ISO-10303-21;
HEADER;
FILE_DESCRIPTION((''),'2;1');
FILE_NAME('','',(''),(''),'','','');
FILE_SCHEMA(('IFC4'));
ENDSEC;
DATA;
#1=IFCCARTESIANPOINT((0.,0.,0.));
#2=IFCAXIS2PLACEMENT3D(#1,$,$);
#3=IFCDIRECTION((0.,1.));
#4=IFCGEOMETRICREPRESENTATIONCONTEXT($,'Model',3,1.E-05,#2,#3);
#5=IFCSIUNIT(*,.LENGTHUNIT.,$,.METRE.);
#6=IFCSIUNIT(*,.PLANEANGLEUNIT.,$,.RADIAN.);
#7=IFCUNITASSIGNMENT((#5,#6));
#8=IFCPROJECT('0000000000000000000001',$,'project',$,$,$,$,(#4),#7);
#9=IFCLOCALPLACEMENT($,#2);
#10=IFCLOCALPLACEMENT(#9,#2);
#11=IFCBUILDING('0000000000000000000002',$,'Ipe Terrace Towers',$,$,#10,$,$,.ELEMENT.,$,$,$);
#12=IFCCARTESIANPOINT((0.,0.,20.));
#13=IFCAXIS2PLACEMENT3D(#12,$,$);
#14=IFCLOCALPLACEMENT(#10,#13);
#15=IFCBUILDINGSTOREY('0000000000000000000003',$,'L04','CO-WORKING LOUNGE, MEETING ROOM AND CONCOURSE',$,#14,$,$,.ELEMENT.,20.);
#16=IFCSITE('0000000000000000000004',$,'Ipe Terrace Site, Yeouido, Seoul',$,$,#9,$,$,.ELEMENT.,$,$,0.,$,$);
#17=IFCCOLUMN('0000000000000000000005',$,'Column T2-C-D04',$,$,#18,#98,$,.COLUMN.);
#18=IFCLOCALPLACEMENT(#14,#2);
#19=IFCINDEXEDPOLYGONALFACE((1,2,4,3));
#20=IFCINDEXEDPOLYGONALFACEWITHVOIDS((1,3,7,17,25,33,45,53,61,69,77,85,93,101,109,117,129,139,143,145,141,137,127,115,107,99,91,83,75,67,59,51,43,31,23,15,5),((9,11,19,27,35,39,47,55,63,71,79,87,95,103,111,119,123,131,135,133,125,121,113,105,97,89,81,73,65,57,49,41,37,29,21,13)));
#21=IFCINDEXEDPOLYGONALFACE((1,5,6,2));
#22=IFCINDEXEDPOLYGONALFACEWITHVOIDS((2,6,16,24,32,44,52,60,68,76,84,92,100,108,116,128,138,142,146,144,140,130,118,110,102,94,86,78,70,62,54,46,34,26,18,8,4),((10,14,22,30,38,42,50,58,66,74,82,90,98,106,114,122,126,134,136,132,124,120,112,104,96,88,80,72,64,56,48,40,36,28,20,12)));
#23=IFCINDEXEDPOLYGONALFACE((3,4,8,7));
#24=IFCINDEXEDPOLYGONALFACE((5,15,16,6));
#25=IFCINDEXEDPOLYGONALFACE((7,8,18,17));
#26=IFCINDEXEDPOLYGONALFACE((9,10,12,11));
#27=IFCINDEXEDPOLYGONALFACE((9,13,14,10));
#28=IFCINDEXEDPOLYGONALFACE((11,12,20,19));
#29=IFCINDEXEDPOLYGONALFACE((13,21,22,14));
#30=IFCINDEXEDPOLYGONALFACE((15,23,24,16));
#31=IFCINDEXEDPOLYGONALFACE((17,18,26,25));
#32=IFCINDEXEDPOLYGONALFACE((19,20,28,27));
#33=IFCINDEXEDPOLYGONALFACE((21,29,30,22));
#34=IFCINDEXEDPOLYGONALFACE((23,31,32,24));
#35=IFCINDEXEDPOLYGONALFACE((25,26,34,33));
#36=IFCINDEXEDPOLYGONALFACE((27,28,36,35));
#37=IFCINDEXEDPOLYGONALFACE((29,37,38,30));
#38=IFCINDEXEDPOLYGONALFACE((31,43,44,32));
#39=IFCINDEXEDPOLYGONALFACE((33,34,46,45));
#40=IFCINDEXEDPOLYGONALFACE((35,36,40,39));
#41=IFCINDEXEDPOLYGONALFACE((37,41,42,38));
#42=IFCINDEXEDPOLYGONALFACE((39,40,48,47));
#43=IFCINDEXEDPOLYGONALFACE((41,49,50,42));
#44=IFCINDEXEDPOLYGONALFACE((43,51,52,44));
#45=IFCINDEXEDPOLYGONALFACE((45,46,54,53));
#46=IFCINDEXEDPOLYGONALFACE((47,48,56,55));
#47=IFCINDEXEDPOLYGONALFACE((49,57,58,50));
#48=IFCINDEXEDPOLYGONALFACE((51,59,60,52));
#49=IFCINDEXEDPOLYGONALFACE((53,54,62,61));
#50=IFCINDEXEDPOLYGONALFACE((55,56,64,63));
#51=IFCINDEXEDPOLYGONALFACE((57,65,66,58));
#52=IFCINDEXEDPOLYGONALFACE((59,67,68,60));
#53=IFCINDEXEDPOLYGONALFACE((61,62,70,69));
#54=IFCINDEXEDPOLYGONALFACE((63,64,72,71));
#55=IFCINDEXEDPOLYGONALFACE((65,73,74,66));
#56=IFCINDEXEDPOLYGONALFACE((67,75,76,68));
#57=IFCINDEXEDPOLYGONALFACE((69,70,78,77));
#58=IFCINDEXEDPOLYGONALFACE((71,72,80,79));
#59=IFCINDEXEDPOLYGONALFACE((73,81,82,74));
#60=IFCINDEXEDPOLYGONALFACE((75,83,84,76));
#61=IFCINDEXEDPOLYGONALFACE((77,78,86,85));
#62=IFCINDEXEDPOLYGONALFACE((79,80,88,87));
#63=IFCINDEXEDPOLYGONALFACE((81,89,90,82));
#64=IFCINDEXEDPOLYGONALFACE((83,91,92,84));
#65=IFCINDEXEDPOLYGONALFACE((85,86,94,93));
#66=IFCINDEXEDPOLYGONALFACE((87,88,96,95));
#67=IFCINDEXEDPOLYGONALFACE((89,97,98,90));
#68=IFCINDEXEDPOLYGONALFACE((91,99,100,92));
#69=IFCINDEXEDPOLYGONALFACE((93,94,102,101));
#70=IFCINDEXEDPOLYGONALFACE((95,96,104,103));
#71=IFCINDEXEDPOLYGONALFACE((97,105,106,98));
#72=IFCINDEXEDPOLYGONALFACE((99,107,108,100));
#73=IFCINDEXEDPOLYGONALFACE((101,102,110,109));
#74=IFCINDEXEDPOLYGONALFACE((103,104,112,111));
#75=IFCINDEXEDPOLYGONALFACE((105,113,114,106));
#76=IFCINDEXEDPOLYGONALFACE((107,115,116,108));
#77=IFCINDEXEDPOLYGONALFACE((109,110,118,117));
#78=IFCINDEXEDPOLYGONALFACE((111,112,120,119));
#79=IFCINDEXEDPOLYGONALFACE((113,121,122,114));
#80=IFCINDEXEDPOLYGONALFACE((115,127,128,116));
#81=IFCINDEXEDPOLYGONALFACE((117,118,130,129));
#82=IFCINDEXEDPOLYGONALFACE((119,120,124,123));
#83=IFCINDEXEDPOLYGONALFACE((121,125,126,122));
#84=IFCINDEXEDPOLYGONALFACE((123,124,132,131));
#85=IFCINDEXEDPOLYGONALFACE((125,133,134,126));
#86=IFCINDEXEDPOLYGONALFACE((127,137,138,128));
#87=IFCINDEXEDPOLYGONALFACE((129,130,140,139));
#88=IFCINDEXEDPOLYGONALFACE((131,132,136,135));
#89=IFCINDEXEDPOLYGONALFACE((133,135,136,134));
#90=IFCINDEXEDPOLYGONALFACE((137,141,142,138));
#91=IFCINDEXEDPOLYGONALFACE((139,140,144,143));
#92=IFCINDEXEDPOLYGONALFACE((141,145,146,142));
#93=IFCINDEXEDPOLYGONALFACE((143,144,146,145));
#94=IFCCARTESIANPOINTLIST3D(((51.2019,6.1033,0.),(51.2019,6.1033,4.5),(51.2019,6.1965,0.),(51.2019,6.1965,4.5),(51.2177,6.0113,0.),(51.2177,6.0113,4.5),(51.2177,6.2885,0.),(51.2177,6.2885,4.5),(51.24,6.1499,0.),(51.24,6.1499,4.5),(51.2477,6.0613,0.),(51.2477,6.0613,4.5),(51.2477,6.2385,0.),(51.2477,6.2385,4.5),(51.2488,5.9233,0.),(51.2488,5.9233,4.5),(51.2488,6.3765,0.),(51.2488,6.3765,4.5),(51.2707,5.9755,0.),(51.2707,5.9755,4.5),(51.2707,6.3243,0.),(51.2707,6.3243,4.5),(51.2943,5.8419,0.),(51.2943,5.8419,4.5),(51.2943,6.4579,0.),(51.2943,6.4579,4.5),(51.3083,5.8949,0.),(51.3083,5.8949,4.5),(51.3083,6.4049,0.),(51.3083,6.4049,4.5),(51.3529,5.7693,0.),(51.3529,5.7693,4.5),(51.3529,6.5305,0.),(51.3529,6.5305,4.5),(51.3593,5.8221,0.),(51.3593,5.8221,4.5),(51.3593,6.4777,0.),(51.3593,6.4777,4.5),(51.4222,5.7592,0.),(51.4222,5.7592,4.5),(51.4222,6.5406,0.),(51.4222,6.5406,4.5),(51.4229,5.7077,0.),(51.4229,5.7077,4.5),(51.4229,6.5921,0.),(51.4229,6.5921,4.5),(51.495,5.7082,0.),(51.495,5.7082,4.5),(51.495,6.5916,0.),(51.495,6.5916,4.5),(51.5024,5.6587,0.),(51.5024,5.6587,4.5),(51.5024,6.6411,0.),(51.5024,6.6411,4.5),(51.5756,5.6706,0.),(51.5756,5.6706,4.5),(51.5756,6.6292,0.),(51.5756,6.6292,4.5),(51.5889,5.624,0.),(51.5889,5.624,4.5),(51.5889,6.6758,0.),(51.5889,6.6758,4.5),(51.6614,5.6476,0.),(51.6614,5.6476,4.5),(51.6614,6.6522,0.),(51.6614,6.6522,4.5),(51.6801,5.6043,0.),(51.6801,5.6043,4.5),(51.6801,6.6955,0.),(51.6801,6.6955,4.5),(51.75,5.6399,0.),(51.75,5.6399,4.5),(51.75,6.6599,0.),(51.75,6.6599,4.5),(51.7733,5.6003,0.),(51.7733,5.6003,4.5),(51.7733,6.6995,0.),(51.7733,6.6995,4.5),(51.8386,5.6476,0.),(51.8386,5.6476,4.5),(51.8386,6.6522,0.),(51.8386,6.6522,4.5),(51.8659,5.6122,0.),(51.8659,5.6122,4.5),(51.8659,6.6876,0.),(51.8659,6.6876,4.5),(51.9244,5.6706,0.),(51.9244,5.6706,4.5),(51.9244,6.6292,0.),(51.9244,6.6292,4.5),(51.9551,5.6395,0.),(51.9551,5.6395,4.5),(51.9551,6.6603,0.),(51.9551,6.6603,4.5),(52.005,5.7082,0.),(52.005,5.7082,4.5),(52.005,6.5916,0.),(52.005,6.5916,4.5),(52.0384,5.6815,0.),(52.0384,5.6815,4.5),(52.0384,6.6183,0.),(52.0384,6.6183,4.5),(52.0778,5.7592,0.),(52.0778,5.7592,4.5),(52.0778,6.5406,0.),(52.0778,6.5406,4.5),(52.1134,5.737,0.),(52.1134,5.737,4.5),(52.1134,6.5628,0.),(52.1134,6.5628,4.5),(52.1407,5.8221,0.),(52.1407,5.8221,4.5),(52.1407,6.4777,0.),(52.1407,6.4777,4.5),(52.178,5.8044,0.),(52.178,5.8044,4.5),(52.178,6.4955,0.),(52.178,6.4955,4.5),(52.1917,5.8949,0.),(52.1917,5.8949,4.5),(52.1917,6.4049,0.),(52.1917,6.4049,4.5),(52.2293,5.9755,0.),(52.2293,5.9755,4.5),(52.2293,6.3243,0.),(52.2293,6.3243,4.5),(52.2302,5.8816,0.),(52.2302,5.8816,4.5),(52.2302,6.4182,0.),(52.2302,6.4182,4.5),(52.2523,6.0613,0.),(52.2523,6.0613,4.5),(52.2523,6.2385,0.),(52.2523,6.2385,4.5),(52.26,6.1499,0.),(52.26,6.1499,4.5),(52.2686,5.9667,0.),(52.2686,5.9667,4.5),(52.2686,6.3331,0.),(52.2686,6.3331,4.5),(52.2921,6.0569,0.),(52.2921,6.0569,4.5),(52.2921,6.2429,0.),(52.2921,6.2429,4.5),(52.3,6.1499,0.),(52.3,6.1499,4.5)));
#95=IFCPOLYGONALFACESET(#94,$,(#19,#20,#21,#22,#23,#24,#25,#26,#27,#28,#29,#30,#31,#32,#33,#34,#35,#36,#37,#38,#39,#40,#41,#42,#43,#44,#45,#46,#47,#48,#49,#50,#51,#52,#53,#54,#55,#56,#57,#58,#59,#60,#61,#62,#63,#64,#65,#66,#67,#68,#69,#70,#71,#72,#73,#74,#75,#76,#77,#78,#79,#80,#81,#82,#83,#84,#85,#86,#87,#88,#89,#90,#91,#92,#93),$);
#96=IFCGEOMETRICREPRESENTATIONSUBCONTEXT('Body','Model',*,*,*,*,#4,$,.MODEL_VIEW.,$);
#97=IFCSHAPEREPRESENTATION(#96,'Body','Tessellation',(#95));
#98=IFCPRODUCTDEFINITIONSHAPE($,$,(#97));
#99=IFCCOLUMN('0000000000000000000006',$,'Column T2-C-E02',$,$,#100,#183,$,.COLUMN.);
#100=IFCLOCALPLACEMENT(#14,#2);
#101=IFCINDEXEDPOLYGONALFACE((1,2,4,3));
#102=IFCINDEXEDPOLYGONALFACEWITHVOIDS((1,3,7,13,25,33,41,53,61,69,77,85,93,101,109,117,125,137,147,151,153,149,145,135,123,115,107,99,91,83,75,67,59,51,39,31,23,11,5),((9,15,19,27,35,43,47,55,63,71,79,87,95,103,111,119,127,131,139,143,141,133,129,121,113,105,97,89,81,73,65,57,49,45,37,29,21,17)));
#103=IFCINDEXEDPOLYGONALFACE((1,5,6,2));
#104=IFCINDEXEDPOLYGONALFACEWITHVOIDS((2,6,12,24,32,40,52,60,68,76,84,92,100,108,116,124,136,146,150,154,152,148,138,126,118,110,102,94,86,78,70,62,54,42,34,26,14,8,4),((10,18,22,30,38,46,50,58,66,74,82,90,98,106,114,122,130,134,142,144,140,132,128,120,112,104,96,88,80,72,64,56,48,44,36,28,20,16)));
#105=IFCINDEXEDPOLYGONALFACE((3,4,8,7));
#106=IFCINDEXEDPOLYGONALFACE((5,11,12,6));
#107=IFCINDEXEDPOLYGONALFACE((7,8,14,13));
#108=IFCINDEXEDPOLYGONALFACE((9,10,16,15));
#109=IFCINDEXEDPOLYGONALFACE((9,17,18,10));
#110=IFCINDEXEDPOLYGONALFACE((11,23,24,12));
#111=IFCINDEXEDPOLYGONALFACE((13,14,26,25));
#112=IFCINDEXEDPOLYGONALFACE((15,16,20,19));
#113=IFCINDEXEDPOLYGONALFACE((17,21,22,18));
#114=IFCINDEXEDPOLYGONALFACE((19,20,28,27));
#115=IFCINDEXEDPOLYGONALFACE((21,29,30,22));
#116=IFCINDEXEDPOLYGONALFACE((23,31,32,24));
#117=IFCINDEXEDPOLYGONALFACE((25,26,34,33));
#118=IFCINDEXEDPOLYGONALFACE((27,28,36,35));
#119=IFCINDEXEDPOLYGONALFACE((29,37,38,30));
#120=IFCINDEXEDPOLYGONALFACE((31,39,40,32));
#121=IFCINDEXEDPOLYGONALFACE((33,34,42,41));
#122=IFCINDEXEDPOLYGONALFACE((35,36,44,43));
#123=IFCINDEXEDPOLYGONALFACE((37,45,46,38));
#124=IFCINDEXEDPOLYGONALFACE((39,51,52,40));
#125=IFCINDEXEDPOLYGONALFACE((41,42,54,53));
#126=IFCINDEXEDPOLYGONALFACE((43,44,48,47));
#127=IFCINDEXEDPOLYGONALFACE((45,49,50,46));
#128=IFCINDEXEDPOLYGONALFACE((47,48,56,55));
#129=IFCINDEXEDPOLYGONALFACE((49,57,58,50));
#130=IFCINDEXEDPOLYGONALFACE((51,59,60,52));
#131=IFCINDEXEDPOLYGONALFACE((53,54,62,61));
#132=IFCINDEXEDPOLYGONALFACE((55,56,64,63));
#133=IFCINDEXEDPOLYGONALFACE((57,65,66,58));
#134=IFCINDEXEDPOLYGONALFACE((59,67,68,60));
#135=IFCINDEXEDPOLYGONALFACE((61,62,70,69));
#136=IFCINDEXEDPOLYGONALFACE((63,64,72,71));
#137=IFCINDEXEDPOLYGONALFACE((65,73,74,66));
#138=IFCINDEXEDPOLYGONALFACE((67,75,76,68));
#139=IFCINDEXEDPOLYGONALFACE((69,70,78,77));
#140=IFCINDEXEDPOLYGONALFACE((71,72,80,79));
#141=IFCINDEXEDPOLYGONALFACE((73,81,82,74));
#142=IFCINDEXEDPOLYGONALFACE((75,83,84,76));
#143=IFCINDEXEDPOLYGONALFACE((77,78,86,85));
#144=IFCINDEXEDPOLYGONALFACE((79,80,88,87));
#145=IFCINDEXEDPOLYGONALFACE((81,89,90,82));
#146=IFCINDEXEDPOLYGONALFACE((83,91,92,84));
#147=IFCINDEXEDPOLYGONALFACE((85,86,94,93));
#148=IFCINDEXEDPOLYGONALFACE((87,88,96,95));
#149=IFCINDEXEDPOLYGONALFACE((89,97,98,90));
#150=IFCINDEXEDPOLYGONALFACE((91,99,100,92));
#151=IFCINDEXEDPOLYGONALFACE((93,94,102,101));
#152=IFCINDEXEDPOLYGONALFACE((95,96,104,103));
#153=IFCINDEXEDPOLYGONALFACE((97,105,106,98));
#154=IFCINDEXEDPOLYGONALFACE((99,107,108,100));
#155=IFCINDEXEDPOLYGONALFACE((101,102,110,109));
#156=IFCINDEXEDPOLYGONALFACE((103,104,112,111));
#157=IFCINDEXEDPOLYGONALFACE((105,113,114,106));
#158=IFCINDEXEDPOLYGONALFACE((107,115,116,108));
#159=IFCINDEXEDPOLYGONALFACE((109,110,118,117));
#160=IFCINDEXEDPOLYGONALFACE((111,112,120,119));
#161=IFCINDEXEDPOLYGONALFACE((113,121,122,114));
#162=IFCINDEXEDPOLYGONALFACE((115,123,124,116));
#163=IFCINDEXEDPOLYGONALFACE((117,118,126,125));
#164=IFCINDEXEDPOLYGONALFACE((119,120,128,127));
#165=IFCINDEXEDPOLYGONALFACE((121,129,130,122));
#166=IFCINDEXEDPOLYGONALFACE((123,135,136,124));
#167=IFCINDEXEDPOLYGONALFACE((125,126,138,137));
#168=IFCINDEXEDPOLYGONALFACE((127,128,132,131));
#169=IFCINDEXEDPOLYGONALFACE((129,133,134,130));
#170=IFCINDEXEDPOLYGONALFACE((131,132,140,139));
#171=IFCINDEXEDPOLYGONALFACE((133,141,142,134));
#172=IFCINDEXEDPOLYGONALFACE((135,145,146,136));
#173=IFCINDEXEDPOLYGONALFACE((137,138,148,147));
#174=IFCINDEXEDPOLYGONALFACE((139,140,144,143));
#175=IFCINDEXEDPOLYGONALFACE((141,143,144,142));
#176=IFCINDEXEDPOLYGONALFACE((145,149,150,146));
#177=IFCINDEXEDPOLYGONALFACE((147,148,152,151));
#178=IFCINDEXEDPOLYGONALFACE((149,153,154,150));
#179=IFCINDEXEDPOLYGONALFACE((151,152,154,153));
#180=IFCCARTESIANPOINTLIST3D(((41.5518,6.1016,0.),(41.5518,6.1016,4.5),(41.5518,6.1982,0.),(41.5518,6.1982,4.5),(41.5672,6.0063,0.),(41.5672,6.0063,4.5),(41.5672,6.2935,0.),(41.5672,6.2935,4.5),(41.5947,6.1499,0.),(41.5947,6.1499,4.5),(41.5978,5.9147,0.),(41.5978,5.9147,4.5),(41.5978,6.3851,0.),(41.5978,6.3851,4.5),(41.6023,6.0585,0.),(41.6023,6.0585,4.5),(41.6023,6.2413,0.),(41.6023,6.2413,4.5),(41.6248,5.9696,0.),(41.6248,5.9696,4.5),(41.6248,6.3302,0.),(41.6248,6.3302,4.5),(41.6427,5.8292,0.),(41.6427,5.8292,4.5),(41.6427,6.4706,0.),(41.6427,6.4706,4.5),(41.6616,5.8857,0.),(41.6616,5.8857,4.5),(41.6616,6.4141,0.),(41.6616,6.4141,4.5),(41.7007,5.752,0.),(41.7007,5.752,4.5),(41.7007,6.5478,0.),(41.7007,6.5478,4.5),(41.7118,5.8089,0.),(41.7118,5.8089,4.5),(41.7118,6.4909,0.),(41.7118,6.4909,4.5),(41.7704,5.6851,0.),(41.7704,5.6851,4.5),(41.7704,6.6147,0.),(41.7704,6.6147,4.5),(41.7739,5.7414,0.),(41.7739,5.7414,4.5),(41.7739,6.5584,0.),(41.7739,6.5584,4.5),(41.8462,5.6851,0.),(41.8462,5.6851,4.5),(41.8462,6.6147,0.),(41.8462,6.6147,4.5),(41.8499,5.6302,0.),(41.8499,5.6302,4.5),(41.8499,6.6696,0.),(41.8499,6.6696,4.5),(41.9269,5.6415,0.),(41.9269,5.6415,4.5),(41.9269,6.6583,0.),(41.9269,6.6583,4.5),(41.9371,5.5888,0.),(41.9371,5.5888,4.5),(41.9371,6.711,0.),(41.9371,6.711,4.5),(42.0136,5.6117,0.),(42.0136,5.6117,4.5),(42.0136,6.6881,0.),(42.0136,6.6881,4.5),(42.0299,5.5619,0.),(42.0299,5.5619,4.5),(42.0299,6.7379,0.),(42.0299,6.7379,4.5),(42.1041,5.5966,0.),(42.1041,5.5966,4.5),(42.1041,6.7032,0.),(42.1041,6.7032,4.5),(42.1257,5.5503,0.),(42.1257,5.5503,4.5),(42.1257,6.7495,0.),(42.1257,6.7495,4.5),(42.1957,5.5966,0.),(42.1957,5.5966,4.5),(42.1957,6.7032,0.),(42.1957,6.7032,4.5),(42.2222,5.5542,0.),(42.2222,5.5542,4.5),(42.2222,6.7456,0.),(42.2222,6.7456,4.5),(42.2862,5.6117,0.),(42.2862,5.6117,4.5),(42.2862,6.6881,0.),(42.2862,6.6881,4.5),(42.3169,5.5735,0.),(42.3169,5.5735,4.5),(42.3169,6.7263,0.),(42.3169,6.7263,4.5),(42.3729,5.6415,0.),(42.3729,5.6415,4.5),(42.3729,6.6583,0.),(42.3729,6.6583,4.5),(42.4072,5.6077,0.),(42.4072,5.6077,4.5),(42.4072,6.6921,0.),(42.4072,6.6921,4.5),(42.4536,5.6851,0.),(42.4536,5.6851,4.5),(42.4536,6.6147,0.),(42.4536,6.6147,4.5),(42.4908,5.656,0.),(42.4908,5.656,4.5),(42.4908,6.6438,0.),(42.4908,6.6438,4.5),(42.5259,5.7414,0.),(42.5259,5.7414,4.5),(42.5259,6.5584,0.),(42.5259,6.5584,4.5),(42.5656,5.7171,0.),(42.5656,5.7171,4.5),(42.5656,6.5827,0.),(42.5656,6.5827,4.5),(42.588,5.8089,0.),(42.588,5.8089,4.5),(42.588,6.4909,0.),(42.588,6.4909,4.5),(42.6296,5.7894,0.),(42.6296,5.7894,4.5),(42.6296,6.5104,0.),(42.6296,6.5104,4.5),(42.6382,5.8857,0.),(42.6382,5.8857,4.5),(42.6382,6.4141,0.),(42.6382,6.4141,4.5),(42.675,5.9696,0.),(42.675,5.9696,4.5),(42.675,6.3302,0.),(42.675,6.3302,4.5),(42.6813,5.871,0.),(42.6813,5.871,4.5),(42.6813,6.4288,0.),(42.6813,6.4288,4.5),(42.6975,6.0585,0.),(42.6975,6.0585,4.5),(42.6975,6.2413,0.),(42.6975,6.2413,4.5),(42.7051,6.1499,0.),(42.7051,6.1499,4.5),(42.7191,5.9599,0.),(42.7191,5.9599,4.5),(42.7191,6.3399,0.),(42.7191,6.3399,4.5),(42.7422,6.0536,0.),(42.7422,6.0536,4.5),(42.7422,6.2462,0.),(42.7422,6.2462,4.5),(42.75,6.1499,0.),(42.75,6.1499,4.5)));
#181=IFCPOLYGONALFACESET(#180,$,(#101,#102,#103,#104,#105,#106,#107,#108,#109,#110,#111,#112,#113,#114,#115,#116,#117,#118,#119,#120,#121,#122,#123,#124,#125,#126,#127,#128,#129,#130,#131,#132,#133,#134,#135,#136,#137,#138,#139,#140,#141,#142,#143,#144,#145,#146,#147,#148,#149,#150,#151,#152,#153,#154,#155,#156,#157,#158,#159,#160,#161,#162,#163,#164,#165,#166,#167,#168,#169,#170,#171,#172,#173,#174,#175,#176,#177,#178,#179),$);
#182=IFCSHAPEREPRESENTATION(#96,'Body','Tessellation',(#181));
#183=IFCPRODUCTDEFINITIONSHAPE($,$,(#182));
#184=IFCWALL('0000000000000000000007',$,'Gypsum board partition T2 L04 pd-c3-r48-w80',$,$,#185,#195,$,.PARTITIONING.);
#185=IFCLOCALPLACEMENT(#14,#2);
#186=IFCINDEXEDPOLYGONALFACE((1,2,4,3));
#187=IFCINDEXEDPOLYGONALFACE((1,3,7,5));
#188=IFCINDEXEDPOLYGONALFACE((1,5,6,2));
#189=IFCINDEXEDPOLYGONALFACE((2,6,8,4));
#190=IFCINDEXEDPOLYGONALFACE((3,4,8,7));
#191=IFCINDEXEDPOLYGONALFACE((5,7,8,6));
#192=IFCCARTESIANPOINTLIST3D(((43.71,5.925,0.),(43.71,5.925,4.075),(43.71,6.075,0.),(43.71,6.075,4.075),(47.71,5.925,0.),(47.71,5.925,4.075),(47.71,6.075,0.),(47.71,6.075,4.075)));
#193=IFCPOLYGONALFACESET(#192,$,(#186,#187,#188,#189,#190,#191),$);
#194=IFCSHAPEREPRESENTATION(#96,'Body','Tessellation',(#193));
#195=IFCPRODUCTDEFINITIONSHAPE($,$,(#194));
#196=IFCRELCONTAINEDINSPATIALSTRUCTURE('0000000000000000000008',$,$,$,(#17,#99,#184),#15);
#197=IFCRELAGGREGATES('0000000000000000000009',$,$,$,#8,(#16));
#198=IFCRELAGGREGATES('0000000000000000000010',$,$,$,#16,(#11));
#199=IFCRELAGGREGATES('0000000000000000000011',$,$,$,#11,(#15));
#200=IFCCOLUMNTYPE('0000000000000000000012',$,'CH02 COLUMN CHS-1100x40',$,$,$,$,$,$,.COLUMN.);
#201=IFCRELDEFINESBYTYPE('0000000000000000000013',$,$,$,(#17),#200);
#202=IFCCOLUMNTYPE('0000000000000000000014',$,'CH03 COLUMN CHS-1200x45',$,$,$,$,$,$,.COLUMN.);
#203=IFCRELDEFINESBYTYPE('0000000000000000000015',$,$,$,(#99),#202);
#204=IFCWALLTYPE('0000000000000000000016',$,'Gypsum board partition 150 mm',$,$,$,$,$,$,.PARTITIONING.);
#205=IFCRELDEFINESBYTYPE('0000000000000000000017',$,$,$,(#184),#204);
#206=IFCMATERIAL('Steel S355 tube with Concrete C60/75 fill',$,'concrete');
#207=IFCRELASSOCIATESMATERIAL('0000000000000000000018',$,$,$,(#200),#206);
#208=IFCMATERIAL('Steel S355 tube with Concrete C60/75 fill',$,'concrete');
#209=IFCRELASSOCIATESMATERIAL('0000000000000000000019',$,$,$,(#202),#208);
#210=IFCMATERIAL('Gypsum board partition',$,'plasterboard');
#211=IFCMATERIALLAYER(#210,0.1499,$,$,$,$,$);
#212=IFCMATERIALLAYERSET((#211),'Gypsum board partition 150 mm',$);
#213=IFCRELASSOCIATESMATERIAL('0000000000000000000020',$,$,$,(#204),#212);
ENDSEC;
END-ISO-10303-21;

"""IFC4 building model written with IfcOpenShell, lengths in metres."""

from ifc_helpers import new_model, si_unit, direction, frame, frame_2d, origin, origin_2d, place, context, subcontext, project, spatial, rectangle, hollow_circle, extrude, material, layer, layer_set, material_profile, profile_set, type_object, element, save


model = new_model("IFC4")

# Units and contexts
model_context = context("Model", 3, precision=1e-05, world=origin(), true_north=direction((0.0, 1.0)))
body_context = subcontext(model_context, "Body", "Model", "MODEL_VIEW")
ifc_project = project(units=[si_unit("LENGTHUNIT", "METRE"), si_unit("PLANEANGLEUNIT", "RADIAN")], contexts=[model_context])

# Site, building, storey
site_placement = place(None, origin())
site = spatial("IfcSite", under=ifc_project, at=site_placement, Name="Ipe Terrace Site, Yeouido, Seoul", CompositionType="ELEMENT", RefElevation=0.0)
building_placement = place(site_placement, origin())
building = spatial("IfcBuilding", under=site, at=building_placement, Name="Ipe Terrace Towers", CompositionType="ELEMENT")
storey_placement = place(building_placement, frame((0.0, 0.0, 20.0)))
storey = spatial("IfcBuildingStorey", under=building, at=storey_placement, Name="L04", Description="CO-WORKING LOUNGE, MEETING ROOM AND CONCOURSE", CompositionType="ELEMENT", Elevation=20.0)

# Columns
ifc_material_1 = material(Name="Steel S355 tube with Concrete C60/75 fill", Category="concrete")
ifc_material_profile_1 = material_profile(ifc_material_1, hollow_circle(Radius=0.55, WallThickness=0.04, at=origin_2d()), Name="CHS-1100x40")
ifc_profile_set_1 = profile_set([ifc_material_profile_1], Name="Steel S355 tube with Concrete C60/75 fill")
column_type_1 = type_object("IfcColumnType", Name="CH02 COLUMN CHS-1100x40", PredefinedType="COLUMN", material=ifc_profile_set_1)
for number, where, z_axis, x_axis, name in (
    (1, (51.75, 6.1499, 0.0), (0.0, 0.0, 1.0), (1.0, 0.0, 0.0), "Column T2-C-D04"),
):
    element("IfcColumn", number, at=place(storey_placement, frame(where, z_axis=z_axis, x_axis=x_axis)), inside=storey, type_object=column_type_1, Name=name, PredefinedType="COLUMN", context=body_context, shape_type="SweptSolid", body=[
        extrude(hollow_circle(Radius=0.55, WallThickness=0.04, at=origin_2d()), origin(), (0.0, 0.0, 1.0), 4.5),
    ])
ifc_material_2 = material(Name="Steel S355 tube with Concrete C60/75 fill", Category="concrete")
ifc_material_profile_2 = material_profile(ifc_material_2, hollow_circle(Radius=0.6001, WallThickness=0.0449, at=origin_2d()), Name="CHS-1200x45")
ifc_profile_set_2 = profile_set([ifc_material_profile_2], Name="Steel S355 tube with Concrete C60/75 fill")
column_type_2 = type_object("IfcColumnType", Name="CH03 COLUMN CHS-1200x45", PredefinedType="COLUMN", material=ifc_profile_set_2)
column_placement = place(storey_placement, frame((42.1499, 6.1499, 0.0), z_axis=(0.0, 0.0, 1.0), x_axis=(1.0, 0.0, 0.0)))
element("IfcColumn", 2, at=column_placement, inside=storey, type_object=column_type_2, Name="Column T2-C-E02", PredefinedType="COLUMN", context=body_context, shape_type="SweptSolid", body=[
    extrude(hollow_circle(Radius=0.6001, WallThickness=0.0449, at=origin_2d()), origin(), (0.0, 0.0, 1.0), 4.5),
])

# Wall
ifc_material_3 = material(Name="Gypsum board partition", Category="plasterboard")
ifc_layer_1 = layer(ifc_material_3, 0.1499)
ifc_layer_set_1 = layer_set([ifc_layer_1], Name="Gypsum board partition 150 mm")
wall_type_1 = type_object("IfcWallType", Name="Gypsum board partition 150 mm", PredefinedType="PARTITIONING", material=ifc_layer_set_1)
wall_1_placement = place(storey_placement, frame((47.71, 6.0, 0.0), z_axis=(0.0, 0.0, 1.0), x_axis=(-1.0, 0.0, 0.0)))
element("IfcWall", 3, at=wall_1_placement, inside=storey, type_object=wall_type_1, Name="Gypsum board partition T2 L04 pd-c3-r48-w80", PredefinedType="PARTITIONING", context=body_context, shape_type="SweptSolid", body=[
    extrude(rectangle(XDim=4.0, YDim=0.1499, at=frame_2d((2.0, 0.0))), origin(), (0.0, 0.0, 1.0), 4.075),
])

save(model, "model.ifc")
